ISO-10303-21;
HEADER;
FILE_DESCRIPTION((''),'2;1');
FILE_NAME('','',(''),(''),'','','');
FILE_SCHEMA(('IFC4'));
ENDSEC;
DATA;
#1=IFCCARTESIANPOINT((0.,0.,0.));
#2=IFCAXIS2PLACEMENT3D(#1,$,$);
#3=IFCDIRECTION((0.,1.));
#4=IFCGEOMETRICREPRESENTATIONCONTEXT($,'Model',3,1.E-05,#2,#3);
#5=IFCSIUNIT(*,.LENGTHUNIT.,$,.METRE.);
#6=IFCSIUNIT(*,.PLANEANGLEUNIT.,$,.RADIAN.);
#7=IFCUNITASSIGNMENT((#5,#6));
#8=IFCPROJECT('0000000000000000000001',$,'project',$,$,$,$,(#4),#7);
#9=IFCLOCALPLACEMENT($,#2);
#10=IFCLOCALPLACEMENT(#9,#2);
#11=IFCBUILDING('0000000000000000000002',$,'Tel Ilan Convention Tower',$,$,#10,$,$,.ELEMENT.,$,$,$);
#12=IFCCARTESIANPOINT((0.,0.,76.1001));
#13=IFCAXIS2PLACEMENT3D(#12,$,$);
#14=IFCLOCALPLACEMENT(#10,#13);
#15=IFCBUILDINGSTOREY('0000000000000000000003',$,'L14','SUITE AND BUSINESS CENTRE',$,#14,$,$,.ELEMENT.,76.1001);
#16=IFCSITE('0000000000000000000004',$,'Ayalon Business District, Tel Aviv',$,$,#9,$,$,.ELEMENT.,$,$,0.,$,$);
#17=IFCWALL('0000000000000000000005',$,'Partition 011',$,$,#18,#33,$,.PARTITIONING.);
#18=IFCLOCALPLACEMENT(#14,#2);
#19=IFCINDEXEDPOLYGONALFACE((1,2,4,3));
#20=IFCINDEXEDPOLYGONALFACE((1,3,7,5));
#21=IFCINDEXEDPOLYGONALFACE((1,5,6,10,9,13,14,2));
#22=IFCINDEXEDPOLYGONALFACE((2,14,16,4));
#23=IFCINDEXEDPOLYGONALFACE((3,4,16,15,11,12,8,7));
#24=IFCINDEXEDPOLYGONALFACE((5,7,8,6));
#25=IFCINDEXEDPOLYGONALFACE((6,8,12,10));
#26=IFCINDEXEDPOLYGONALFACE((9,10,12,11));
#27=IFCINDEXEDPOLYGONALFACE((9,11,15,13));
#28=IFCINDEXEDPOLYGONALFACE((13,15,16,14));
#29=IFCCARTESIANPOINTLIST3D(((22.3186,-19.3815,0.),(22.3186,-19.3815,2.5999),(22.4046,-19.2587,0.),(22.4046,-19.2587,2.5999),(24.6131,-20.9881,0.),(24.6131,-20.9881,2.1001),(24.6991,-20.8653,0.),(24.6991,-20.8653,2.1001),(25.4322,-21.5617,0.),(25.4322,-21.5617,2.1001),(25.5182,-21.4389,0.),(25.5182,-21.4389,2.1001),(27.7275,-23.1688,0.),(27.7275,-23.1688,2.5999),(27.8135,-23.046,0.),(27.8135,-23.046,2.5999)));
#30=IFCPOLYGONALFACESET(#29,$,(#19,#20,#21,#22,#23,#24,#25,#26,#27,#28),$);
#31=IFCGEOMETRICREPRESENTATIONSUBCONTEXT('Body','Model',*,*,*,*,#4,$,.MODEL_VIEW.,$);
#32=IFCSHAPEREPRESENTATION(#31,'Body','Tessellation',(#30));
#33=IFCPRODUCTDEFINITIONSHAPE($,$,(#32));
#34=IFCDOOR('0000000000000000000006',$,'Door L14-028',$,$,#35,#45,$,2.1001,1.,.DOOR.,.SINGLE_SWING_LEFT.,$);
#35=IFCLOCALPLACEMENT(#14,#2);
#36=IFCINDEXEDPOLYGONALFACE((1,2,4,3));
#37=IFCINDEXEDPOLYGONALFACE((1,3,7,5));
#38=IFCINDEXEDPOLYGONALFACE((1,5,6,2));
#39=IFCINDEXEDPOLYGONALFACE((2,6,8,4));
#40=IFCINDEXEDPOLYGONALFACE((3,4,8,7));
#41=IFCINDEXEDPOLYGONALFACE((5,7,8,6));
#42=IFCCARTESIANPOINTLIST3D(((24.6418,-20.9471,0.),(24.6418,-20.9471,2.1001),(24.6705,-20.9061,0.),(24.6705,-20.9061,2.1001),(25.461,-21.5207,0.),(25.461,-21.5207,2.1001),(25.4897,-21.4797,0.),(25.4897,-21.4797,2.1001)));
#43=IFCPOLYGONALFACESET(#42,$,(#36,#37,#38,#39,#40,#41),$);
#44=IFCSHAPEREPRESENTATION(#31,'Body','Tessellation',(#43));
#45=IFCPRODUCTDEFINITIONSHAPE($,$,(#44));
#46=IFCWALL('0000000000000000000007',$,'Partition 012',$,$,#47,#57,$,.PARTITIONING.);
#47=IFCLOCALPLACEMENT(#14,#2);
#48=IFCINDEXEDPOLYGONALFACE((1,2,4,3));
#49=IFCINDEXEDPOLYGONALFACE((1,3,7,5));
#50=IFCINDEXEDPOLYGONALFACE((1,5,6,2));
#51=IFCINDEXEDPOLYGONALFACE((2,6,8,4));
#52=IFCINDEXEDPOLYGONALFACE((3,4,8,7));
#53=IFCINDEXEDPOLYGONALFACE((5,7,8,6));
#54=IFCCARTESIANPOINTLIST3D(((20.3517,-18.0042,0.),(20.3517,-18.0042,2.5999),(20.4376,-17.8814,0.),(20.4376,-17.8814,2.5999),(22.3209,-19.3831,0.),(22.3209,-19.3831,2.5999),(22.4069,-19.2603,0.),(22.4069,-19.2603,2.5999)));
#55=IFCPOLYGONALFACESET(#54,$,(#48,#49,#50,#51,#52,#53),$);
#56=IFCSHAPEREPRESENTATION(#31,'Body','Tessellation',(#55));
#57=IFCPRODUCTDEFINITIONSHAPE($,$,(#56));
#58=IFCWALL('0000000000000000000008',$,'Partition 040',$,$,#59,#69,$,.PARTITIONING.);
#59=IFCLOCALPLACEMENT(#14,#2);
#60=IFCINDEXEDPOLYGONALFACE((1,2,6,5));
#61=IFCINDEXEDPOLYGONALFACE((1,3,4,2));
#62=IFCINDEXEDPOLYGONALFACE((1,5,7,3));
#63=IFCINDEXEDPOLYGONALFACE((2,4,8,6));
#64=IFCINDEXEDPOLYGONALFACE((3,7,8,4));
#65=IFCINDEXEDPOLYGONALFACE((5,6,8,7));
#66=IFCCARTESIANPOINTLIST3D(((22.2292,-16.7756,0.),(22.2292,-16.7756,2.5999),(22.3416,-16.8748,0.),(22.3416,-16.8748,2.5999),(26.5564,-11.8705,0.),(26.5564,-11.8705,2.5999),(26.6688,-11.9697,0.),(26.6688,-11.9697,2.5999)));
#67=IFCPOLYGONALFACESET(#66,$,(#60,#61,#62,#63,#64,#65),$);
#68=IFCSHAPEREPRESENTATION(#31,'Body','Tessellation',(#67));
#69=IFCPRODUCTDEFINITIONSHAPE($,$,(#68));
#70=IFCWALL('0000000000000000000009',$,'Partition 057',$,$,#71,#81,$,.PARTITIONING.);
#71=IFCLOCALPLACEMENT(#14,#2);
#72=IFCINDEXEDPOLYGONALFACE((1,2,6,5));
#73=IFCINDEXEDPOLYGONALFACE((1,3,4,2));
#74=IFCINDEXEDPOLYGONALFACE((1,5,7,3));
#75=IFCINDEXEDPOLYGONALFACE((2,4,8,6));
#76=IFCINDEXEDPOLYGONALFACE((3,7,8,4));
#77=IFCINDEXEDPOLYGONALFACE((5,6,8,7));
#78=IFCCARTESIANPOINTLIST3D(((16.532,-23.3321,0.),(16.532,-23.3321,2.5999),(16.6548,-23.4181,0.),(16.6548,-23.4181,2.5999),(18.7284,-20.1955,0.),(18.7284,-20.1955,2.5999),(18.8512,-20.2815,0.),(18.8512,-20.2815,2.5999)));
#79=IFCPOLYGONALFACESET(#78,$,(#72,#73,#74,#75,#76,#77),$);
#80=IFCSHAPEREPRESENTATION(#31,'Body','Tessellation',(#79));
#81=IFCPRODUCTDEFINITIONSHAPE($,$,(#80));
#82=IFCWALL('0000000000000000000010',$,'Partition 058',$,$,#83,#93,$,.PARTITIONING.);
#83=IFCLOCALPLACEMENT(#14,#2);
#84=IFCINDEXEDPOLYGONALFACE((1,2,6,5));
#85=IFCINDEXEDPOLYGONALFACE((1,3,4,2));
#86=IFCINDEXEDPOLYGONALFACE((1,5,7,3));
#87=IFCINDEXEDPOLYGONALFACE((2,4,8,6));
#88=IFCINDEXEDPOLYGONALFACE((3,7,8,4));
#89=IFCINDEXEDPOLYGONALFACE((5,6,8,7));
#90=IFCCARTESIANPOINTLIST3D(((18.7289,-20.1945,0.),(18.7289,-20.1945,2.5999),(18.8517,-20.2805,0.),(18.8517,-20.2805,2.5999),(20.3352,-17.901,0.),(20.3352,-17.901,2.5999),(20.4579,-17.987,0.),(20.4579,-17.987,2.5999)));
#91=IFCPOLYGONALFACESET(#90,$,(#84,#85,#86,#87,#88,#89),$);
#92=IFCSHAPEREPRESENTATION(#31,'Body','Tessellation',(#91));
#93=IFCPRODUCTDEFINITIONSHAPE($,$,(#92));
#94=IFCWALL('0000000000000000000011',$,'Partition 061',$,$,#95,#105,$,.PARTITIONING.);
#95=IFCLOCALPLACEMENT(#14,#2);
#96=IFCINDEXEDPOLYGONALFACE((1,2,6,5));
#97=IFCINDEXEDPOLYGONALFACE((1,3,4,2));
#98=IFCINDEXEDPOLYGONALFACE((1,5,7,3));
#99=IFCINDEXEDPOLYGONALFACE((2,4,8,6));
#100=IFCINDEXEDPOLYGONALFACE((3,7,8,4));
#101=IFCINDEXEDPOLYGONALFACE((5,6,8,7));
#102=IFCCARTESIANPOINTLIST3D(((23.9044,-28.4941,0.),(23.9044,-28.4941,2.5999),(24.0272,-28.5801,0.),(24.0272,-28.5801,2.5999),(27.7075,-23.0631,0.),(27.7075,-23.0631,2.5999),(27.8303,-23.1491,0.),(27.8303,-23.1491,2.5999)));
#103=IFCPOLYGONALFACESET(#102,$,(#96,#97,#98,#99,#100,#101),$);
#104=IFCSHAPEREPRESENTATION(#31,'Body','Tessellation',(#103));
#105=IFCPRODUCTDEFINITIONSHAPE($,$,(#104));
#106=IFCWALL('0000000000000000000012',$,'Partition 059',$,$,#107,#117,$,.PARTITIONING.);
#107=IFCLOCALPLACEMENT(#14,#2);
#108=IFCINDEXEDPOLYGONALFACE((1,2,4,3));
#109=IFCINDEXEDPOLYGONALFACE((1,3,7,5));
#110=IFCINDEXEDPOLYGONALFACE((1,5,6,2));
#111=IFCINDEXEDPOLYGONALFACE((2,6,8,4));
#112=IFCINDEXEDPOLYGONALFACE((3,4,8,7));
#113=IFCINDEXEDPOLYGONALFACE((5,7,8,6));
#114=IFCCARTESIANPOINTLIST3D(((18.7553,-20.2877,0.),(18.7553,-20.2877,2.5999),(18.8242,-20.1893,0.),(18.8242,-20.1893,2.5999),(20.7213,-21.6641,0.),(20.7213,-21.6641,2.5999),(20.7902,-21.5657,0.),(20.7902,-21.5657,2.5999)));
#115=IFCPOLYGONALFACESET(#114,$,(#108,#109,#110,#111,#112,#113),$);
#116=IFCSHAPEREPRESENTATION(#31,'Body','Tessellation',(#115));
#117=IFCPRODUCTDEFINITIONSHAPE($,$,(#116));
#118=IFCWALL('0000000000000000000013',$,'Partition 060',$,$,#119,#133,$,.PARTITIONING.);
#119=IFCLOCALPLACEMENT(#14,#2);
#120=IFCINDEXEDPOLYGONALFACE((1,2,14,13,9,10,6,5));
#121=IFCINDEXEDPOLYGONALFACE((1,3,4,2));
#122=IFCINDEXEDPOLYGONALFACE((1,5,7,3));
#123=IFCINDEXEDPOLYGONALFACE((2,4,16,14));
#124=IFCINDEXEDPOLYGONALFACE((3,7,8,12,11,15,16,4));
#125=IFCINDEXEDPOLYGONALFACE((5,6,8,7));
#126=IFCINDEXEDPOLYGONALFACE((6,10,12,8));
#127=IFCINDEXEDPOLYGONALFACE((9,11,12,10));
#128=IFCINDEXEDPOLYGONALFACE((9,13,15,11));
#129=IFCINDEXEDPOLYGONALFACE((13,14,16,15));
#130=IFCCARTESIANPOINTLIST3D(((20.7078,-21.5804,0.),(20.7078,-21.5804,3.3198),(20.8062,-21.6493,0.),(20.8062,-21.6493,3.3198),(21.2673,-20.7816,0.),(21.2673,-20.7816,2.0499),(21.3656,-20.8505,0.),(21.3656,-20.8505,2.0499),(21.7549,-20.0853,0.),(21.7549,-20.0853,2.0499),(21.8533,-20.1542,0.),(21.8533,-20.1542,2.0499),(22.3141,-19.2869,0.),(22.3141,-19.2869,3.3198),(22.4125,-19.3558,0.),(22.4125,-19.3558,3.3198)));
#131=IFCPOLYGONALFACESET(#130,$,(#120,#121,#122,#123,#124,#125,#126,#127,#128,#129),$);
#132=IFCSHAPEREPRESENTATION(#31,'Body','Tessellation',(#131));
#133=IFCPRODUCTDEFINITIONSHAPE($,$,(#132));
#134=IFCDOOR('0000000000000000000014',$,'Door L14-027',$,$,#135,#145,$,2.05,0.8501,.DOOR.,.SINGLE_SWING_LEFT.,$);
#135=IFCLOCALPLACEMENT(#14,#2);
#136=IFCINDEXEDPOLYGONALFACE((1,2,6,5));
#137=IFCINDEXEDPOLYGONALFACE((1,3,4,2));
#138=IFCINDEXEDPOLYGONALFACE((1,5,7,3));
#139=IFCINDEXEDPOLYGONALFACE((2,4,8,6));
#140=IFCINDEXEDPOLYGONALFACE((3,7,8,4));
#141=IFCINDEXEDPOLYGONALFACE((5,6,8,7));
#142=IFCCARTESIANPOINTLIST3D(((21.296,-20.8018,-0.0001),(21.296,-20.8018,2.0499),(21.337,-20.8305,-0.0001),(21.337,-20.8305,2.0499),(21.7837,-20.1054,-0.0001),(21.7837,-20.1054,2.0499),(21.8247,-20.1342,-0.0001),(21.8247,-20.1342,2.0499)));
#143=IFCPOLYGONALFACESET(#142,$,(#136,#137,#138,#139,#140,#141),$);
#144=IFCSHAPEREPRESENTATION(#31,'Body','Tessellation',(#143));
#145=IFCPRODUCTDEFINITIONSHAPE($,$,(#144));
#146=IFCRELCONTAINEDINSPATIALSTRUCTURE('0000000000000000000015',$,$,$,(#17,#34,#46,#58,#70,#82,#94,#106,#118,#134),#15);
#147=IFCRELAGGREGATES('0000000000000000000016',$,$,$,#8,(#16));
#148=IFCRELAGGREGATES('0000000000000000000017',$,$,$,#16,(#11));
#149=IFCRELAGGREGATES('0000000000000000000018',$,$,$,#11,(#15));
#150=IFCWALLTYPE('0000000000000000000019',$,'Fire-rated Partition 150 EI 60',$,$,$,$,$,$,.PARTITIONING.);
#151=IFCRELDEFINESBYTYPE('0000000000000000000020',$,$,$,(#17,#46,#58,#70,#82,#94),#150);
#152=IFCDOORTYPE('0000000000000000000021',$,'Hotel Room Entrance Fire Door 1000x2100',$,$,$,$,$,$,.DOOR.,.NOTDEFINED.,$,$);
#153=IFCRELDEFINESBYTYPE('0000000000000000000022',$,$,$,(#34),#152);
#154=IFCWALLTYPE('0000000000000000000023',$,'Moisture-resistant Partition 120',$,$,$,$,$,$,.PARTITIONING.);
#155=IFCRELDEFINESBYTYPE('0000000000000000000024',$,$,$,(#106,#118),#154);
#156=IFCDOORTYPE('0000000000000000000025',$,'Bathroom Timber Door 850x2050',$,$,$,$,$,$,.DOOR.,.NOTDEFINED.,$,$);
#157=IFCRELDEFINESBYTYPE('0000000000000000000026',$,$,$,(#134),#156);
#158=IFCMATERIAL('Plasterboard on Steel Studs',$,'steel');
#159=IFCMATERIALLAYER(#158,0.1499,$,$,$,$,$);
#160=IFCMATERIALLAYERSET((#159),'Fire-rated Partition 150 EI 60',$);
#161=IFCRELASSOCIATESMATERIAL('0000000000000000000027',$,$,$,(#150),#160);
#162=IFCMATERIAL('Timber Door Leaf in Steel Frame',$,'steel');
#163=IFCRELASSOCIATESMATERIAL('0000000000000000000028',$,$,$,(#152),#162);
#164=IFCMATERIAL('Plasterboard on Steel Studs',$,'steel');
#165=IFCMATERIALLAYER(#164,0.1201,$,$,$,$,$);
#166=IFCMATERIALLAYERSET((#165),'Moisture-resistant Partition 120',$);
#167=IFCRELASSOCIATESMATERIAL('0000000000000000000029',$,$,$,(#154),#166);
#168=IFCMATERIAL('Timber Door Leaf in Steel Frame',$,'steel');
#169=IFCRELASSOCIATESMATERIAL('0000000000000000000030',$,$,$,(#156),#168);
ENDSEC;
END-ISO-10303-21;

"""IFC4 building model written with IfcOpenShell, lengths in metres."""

from ifc_helpers import new_model, si_unit, direction, frame, frame_2d, origin, place, context, subcontext, project, spatial, rectangle, extrude, material, layer, layer_set, type_object, element, fill, save


model = new_model("IFC4")

# Units and contexts
model_context = context("Model", 3, precision=1e-05, world=origin(), true_north=direction((0.0, 1.0)))
body_context = subcontext(model_context, "Body", "Model", "MODEL_VIEW")
ifc_project = project(units=[si_unit("LENGTHUNIT", "METRE"), si_unit("PLANEANGLEUNIT", "RADIAN")], contexts=[model_context])

# Site, building, storey
site_placement = place(None, origin())
site = spatial("IfcSite", under=ifc_project, at=site_placement, Name="Ayalon Business District, Tel Aviv", CompositionType="ELEMENT", RefElevation=0.0)
building_placement = place(site_placement, origin())
building = spatial("IfcBuilding", under=site, at=building_placement, Name="Tel Ilan Convention Tower", CompositionType="ELEMENT")
storey_placement = place(building_placement, frame((0.0, 0.0, 76.1001)))
storey = spatial("IfcBuildingStorey", under=building, at=storey_placement, Name="L14", Description="SUITE AND BUSINESS CENTRE", CompositionType="ELEMENT", Elevation=76.1001)

# Shared definitions
ifc_material_1 = material(Name="Plasterboard on Steel Studs", Category="steel")
ifc_layer_1 = layer(ifc_material_1, 0.1499)
ifc_layer_set_1 = layer_set([ifc_layer_1], Name="Fire-rated Partition 150 EI 60")
wall_type_1 = type_object("IfcWallType", Name="Fire-rated Partition 150 EI 60", PredefinedType="PARTITIONING", material=ifc_layer_set_1)
ifc_material_2 = material(Name="Timber Door Leaf in Steel Frame", Category="steel")
door_type_1 = type_object("IfcDoorType", Name="Hotel Room Entrance Fire Door 1000x2100", OperationType="NOTDEFINED", PredefinedType="DOOR", material=ifc_material_2)

# Wall, opening, door
wall_1_placement = place(storey_placement, frame((27.7705, -23.1074, 0.0), z_axis=(0.0, 0.0, 1.0), x_axis=(-0.819154, 0.573574, 0.0)))
wall_1 = element("IfcWall", 1, at=wall_1_placement, inside=storey, type_object=wall_type_1, Name="Partition 011", PredefinedType="PARTITIONING", context=body_context, shape_type="SweptSolid", body=[
    extrude(rectangle(XDim=6.603, YDim=0.1499, at=frame_2d((3.3015, 0.0))), origin(), (0.0, 0.0, 1.0), 2.5999),
])
opening_1_placement = place(wall_1_placement, frame((2.802, 0.0, 0.0)))
opening_1 = element("IfcOpeningElement", 2, at=opening_1_placement, cuts=wall_1, PredefinedType="OPENING", context=body_context, shape_type="SweptSolid", body=[
    extrude(rectangle(XDim=1.0, YDim=2.1001, at=frame_2d((0.5, 1.05))), frame((0.0, 0.085, 0.0), z_axis=(0.0, -1.0, 0.0), x_axis=(1.0, 0.0, 0.0)), (0.0, 0.0, 1.0), 0.1699),
])
door_1_placement = place(opening_1_placement, origin())
door_1 = element("IfcDoor", 3, at=door_1_placement, inside=storey, type_object=door_type_1, Name="Door L14-028", OperationType="SINGLE_SWING_LEFT", OverallHeight=2.1001, OverallWidth=1.0, PredefinedType="DOOR", context=body_context, shape_type="SweptSolid", body=[
    extrude(rectangle(XDim=1.0, YDim=2.1001, at=frame_2d((0.5, 1.05))), frame((0.0, 0.0249, 0.0), z_axis=(0.0, -1.0, 0.0), x_axis=(1.0, 0.0, 0.0)), (0.0, 0.0, 1.0), 0.05),
])
fill(opening_1, door_1)

# Walls
wall_2_placement = place(storey_placement, frame((22.364, -19.3218, 0.0), z_axis=(0.0, 0.0, 1.0), x_axis=(-0.819146, 0.573585, 0.0)))
element("IfcWall", 4, at=wall_2_placement, inside=storey, type_object=wall_type_1, Name="Partition 012", PredefinedType="PARTITIONING", context=body_context, shape_type="SweptSolid", body=[
    extrude(rectangle(XDim=2.4041, YDim=0.1499, at=frame_2d((1.2021, 0.0))), origin(), (0.0, 0.0, 1.0), 2.5999),
])
wall_3_placement = place(storey_placement, frame((22.2854, -16.8252, 0.0), z_axis=(0.0, 0.0, 1.0), x_axis=(0.661551, 0.7499, 0.0)))
element("IfcWall", 5, at=wall_3_placement, inside=storey, type_object=wall_type_1, Name="Partition 040", PredefinedType="PARTITIONING", context=body_context, shape_type="SweptSolid", body=[
    extrude(rectangle(XDim=6.541, YDim=0.1499, at=frame_2d((3.2705, 0.0))), origin(), (0.0, 0.0, 1.0), 2.5999),
])
wall_4_placement = place(storey_placement, frame((18.7898, -20.2385, 0.0), z_axis=(0.0, 0.0, 1.0), x_axis=(-0.573595, -0.819139, 0.0)))
element("IfcWall", 6, at=wall_4_placement, inside=storey, type_object=wall_type_1, Name="Partition 057", PredefinedType="PARTITIONING", context=body_context, shape_type="SweptSolid", body=[
    extrude(rectangle(XDim=3.8291, YDim=0.1499, at=frame_2d((1.9146, 0.0))), origin(), (0.0, 0.0, 1.0), 2.5999),
])
wall_5_placement = place(storey_placement, frame((20.3965, -17.9441, 0.0), z_axis=(0.0, 0.0, 1.0), x_axis=(-0.57365, -0.819101, 0.0)))
element("IfcWall", 7, at=wall_5_placement, inside=storey, type_object=wall_type_1, Name="Partition 058", PredefinedType="PARTITIONING", context=body_context, shape_type="SweptSolid", body=[
    extrude(rectangle(XDim=2.8, YDim=0.1499, at=frame_2d((1.3999, 0.0))), origin(), (0.0, 0.0, 1.0), 2.5999),
])
wall_6_placement = place(storey_placement, frame((27.7688, -23.1062, 0.0), z_axis=(0.0, 0.0, 1.0), x_axis=(-0.573598, -0.819137, 0.0)))
element("IfcWall", 8, at=wall_6_placement, inside=storey, type_object=wall_type_1, Name="Partition 061", PredefinedType="PARTITIONING", context=body_context, shape_type="SweptSolid", body=[
    extrude(rectangle(XDim=6.6301, YDim=0.1499, at=frame_2d((3.3149, 0.0))), origin(), (0.0, 0.0, 1.0), 2.5999),
])
ifc_material_3 = material(Name="Plasterboard on Steel Studs", Category="steel")
ifc_layer_2 = layer(ifc_material_3, 0.1201)
ifc_layer_set_2 = layer_set([ifc_layer_2], Name="Moisture-resistant Partition 120")
wall_type_2 = type_object("IfcWallType", Name="Moisture-resistant Partition 120", PredefinedType="PARTITIONING", material=ifc_layer_set_2)
wall_7_placement = place(storey_placement, frame((18.7898, -20.2385, 0.0), z_axis=(0.0, 0.0, 1.0), x_axis=(0.819189, -0.573524, 0.0)))
element("IfcWall", 9, at=wall_7_placement, inside=storey, type_object=wall_type_2, Name="Partition 059", PredefinedType="PARTITIONING", context=body_context, shape_type="SweptSolid", body=[
    extrude(rectangle(XDim=2.3999, YDim=0.1201, at=frame_2d((1.2, 0.0))), origin(), (0.0, 0.0, 1.0), 2.5999),
])

# Wall, opening, door
wall_8_placement = place(storey_placement, frame((20.7571, -21.6147, 0.0), z_axis=(0.0, 0.0, 1.0), x_axis=(0.57365, 0.819101, 0.0)))
wall_8 = element("IfcWall", 10, at=wall_8_placement, inside=storey, type_object=wall_type_2, Name="Partition 060", PredefinedType="PARTITIONING", context=body_context, shape_type="SweptSolid", body=[
    extrude(rectangle(XDim=2.8, YDim=0.1201, at=frame_2d((1.3999, 0.0))), origin(), (0.0, 0.0, 1.0), 3.3198),
])
opening_2_placement = place(wall_8_placement, frame((0.9751, 0.0, 0.0)))
opening_2 = element("IfcOpeningElement", 11, at=opening_2_placement, cuts=wall_8, PredefinedType="OPENING", context=body_context, shape_type="SweptSolid", body=[
    extrude(rectangle(XDim=0.8501, YDim=2.05, at=frame_2d((0.425, 1.0249))), frame((0.0, 0.0701, 0.0), z_axis=(0.0, -1.0, 0.0), x_axis=(1.0, 0.0, 0.0)), (0.0, 0.0, 1.0), 0.1401),
])
ifc_material_4 = material(Name="Timber Door Leaf in Steel Frame", Category="steel")
door_type_2 = type_object("IfcDoorType", Name="Bathroom Timber Door 850x2050", OperationType="NOTDEFINED", PredefinedType="DOOR", material=ifc_material_4)
door_2_placement = place(opening_2_placement, origin())
door_2 = element("IfcDoor", 12, at=door_2_placement, inside=storey, type_object=door_type_2, Name="Door L14-027", OperationType="SINGLE_SWING_LEFT", OverallHeight=2.05, OverallWidth=0.8501, PredefinedType="DOOR", context=body_context, shape_type="SweptSolid", body=[
    extrude(rectangle(XDim=0.8501, YDim=2.05, at=frame_2d((0.425, 1.0249))), frame((0.0, 0.0249, 0.0), z_axis=(0.0, -1.0, 0.0), x_axis=(1.0, 0.0, 0.0)), (0.0, 0.0, 1.0), 0.05),
])
fill(opening_2, door_2)

save(model, "model.ifc")
